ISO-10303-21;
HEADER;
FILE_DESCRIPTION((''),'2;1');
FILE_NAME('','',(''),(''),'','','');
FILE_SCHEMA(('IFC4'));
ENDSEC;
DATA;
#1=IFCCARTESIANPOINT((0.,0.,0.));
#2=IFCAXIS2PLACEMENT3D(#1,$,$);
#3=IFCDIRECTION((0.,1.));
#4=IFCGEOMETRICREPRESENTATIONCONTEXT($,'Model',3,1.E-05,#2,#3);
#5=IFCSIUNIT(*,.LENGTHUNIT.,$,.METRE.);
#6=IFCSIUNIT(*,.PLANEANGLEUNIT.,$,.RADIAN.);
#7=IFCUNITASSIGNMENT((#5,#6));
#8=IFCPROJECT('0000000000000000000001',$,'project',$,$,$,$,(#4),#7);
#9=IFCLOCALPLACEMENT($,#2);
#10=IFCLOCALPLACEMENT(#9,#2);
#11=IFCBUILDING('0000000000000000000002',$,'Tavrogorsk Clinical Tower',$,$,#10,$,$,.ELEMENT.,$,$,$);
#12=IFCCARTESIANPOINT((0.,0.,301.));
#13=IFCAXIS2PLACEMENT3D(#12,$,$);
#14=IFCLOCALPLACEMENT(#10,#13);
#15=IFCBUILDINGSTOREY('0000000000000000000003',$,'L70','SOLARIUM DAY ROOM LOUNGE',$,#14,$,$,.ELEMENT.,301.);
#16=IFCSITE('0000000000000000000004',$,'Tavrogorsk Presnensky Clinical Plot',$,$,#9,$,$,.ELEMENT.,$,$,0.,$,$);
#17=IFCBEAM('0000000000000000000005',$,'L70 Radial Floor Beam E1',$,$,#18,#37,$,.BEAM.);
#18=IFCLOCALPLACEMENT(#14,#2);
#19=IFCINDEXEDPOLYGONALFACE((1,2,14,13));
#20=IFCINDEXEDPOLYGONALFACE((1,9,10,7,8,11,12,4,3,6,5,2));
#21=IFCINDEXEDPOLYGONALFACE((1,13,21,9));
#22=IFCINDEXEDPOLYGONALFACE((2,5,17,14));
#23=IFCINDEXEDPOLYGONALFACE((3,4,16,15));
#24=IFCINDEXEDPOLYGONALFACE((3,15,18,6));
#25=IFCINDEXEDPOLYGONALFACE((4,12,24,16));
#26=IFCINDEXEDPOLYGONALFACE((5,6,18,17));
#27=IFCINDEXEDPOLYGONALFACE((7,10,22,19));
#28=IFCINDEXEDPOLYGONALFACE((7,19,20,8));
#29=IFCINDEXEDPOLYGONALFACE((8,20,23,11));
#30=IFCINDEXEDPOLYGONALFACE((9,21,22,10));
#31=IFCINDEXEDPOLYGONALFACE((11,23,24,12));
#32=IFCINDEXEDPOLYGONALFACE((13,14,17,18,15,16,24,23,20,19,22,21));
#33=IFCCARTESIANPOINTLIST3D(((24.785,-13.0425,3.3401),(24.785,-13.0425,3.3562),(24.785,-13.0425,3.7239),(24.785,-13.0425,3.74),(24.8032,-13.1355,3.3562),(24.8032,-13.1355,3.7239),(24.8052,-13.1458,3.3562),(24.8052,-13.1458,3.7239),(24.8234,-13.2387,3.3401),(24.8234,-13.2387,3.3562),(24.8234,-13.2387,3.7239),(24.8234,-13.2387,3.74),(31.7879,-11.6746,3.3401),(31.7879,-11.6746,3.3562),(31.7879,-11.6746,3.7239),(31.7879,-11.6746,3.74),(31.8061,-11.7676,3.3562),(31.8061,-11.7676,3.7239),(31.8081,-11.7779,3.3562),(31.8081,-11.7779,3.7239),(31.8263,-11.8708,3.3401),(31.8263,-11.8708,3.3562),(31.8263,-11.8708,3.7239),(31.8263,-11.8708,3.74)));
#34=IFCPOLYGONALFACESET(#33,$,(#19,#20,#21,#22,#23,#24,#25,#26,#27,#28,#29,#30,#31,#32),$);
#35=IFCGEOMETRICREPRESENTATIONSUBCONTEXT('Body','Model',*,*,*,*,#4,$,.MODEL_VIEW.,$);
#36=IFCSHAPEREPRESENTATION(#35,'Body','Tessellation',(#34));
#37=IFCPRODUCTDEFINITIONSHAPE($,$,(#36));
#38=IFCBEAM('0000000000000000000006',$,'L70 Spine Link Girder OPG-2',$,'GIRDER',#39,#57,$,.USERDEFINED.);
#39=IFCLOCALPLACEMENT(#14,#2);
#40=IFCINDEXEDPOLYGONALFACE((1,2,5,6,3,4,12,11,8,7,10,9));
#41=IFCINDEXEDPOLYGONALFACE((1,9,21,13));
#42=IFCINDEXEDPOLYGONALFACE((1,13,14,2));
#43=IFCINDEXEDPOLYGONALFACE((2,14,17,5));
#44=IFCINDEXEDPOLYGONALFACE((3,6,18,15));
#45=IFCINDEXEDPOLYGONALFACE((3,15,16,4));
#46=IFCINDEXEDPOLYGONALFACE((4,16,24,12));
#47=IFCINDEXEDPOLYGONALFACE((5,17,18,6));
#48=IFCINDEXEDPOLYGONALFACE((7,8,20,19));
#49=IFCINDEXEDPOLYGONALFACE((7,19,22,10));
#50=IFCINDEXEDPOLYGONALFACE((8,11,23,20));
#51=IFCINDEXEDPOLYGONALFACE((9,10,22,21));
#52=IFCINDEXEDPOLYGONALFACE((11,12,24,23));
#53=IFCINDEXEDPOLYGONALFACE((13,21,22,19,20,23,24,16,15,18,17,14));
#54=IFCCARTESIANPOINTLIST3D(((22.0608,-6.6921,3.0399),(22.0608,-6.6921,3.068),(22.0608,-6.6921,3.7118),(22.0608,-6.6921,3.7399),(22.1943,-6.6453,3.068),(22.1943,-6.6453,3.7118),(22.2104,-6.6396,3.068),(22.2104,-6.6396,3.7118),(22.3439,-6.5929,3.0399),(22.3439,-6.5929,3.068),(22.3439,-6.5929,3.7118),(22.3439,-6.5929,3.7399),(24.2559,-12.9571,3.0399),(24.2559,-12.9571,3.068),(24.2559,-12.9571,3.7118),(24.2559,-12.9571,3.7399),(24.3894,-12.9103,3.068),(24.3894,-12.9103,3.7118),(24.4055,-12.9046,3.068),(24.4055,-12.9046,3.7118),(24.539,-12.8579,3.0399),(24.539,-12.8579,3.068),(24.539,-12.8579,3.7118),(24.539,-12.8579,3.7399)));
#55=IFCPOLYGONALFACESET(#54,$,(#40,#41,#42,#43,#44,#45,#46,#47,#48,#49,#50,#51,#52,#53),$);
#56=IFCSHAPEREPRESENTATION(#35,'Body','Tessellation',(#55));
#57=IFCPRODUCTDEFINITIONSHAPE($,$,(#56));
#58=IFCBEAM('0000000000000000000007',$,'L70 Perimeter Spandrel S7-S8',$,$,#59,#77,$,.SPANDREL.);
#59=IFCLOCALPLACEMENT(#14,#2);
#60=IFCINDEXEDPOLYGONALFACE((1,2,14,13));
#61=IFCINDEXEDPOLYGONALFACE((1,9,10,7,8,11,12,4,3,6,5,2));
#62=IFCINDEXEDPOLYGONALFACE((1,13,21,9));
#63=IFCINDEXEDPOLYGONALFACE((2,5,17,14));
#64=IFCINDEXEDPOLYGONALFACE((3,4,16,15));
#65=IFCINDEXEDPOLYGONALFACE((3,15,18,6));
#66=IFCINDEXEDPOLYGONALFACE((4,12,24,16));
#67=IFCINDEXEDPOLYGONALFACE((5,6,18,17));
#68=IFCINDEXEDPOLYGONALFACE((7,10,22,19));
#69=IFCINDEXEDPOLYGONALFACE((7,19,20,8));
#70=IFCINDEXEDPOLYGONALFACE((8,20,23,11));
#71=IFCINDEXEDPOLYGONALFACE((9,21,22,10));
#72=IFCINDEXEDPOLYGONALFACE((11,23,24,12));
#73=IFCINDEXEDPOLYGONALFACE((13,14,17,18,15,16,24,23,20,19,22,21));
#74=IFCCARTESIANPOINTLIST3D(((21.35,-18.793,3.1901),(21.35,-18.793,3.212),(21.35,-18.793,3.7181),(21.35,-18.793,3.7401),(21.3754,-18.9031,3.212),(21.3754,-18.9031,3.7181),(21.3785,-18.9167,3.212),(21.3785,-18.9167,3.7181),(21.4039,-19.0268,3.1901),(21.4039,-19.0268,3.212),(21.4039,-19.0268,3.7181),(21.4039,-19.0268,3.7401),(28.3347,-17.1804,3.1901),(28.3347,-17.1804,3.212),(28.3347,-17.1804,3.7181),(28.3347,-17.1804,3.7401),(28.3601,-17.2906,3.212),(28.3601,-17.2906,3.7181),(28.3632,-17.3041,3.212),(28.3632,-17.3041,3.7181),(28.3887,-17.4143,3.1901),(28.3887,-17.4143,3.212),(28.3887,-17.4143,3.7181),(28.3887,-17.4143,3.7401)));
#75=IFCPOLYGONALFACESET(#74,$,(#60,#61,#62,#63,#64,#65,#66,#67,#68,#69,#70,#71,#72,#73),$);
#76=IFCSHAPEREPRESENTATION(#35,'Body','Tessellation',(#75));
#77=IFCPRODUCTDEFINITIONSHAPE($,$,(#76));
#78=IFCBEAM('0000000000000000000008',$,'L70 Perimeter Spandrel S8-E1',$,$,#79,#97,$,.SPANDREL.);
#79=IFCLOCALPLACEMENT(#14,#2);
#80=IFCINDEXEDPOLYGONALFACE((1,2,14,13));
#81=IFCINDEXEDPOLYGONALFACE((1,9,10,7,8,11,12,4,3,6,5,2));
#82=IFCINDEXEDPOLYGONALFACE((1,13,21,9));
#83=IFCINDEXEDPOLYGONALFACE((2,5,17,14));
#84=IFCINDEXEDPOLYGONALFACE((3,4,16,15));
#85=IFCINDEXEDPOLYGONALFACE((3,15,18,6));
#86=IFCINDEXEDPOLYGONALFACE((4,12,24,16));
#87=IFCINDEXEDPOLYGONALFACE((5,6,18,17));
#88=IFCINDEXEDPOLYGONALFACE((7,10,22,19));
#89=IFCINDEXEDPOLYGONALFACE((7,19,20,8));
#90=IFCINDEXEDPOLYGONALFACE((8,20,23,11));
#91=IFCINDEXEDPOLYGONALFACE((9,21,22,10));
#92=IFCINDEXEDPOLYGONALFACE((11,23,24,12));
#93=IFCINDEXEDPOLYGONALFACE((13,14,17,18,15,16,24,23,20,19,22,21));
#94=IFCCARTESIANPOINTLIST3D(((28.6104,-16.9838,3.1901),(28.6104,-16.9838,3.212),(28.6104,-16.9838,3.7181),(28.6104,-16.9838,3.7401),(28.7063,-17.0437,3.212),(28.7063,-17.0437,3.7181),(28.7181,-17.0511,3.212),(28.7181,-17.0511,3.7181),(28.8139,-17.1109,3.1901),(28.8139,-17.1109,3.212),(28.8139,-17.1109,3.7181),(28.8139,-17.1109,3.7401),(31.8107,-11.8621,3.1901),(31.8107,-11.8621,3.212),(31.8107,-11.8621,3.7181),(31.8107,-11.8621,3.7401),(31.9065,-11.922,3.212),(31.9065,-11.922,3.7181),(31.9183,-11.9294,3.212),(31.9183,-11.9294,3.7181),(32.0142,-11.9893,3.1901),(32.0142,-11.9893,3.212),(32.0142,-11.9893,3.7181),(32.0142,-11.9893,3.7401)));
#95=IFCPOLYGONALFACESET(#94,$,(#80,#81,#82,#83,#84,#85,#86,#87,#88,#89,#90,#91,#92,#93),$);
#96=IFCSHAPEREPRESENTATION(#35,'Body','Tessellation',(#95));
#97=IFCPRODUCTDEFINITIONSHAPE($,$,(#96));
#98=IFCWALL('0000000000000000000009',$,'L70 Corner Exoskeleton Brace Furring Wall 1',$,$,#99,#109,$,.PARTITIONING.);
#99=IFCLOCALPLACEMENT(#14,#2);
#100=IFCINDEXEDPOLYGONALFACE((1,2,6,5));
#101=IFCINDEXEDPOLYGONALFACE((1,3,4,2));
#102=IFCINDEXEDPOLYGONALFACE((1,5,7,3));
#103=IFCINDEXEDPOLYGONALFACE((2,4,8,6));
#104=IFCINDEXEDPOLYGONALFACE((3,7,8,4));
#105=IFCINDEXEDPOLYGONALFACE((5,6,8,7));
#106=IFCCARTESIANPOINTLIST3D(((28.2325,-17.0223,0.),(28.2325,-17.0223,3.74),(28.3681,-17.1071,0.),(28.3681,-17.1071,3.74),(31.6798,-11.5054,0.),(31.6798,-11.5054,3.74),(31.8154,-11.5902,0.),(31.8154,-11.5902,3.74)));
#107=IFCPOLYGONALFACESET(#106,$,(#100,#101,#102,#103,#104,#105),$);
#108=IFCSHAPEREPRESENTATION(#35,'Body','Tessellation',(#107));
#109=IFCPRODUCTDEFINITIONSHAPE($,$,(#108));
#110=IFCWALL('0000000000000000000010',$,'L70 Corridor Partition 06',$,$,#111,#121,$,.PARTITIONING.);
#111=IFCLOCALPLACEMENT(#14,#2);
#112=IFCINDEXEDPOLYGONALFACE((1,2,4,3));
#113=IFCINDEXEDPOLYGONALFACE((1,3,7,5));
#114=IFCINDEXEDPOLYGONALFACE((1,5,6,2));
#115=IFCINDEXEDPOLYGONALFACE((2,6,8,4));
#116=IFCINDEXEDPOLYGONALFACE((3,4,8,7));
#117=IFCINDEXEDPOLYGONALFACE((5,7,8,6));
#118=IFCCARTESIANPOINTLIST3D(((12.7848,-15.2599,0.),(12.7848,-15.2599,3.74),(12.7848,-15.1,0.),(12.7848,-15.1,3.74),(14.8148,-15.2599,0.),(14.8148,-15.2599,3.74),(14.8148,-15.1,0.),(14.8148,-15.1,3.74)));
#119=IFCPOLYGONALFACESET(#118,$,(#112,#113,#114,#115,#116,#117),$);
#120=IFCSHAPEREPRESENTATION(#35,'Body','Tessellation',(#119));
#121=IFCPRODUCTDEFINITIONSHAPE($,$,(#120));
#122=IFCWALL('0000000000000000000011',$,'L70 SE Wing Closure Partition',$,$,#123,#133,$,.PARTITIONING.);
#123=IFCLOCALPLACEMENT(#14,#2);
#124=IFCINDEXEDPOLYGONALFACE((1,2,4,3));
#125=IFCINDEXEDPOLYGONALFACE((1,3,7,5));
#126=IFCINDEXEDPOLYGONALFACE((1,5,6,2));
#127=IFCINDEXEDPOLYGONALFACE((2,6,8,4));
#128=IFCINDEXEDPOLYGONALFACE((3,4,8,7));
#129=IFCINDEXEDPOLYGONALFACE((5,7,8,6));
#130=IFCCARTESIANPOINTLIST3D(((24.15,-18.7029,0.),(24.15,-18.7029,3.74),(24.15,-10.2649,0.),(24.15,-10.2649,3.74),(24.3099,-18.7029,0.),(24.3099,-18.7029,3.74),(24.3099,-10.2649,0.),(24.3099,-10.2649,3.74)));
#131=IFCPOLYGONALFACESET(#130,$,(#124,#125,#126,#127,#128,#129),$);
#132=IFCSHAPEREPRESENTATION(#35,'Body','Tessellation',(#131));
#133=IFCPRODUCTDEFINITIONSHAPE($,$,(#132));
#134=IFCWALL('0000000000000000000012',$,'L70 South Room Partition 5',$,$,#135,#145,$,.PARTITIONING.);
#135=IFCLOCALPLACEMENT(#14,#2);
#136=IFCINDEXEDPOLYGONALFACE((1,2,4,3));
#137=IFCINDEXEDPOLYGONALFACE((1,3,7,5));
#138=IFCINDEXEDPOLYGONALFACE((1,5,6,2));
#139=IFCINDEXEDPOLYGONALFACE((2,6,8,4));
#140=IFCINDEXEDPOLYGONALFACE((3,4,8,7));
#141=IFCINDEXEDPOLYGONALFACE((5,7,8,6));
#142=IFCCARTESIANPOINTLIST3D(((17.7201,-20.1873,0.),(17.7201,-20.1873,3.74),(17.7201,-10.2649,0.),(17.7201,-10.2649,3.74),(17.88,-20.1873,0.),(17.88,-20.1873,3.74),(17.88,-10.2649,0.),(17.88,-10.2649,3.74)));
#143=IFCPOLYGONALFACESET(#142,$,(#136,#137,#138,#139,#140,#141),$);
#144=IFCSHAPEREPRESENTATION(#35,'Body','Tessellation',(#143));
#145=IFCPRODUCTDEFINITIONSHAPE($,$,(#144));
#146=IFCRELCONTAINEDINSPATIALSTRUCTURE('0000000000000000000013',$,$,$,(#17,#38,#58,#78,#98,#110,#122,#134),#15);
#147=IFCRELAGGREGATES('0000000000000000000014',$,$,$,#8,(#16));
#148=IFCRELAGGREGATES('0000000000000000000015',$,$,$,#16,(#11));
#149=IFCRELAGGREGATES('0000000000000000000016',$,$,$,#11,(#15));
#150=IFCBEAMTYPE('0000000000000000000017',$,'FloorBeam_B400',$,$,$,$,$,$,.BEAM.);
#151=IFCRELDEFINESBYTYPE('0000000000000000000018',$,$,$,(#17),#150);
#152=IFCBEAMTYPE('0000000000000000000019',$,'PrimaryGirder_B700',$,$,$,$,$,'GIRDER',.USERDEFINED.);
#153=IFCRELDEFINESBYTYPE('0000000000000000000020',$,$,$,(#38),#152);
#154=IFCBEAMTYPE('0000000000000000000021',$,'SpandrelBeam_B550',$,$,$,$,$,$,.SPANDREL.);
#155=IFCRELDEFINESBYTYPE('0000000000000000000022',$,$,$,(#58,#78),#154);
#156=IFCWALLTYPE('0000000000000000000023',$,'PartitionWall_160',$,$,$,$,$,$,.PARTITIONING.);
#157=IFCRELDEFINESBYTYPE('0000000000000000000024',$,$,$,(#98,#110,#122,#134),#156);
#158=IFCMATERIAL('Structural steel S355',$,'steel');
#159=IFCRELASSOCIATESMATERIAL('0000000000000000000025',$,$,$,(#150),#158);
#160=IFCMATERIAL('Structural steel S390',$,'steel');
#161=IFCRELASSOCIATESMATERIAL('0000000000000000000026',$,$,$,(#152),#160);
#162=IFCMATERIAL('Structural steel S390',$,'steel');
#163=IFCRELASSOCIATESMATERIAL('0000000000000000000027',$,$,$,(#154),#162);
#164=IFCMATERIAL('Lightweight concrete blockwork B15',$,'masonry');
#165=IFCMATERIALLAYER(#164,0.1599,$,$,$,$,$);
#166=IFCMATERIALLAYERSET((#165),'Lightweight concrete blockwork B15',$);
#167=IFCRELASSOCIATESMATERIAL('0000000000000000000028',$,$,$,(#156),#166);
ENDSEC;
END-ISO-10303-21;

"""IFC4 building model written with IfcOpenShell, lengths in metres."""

from ifc_helpers import new_model, si_unit, direction, frame, frame_2d, origin, origin_2d, place, context, subcontext, project, spatial, rectangle, i_section, extrude, material, layer, layer_set, material_profile, profile_set, type_object, element, save


model = new_model("IFC4")

# Units and contexts
model_context = context("Model", 3, precision=1e-05, world=origin(), true_north=direction((0.0, 1.0)))
body_context = subcontext(model_context, "Body", "Model", "MODEL_VIEW")
ifc_project = project(units=[si_unit("LENGTHUNIT", "METRE"), si_unit("PLANEANGLEUNIT", "RADIAN")], contexts=[model_context])

# Site, building, storey
site_placement = place(None, origin())
site = spatial("IfcSite", under=ifc_project, at=site_placement, Name="Tavrogorsk Presnensky Clinical Plot", CompositionType="ELEMENT", RefElevation=0.0)
building_placement = place(site_placement, origin())
building = spatial("IfcBuilding", under=site, at=building_placement, Name="Tavrogorsk Clinical Tower", CompositionType="ELEMENT")
storey_placement = place(building_placement, frame((0.0, 0.0, 301.0)))
storey = spatial("IfcBuildingStorey", under=building, at=storey_placement, Name="L70", Description="SOLARIUM DAY ROOM LOUNGE", CompositionType="ELEMENT", Elevation=301.0)

# Beams
ifc_material_1 = material(Name="Structural steel S355", Category="steel")
ifc_material_profile_1 = material_profile(ifc_material_1, i_section(OverallWidth=0.2, OverallDepth=0.3999, WebThickness=0.0105, FlangeThickness=0.0161, at=origin_2d()), Name="B-400x200x10.5x16")
ifc_profile_set_1 = profile_set([ifc_material_profile_1], Name="Structural steel S355")
beam_type_1 = type_object("IfcBeamType", Name="FloorBeam_B400", PredefinedType="BEAM", material=ifc_profile_set_1)
beam_1_placement = place(storey_placement, frame((24.8042, -13.1406, 3.54), z_axis=(0.981451, 0.191712, 0.0), x_axis=(-0.191712, 0.981451, 0.0)))
element("IfcBeam", 1, at=beam_1_placement, inside=storey, type_object=beam_type_1, Name="L70 Radial Floor Beam E1", PredefinedType="BEAM", context=body_context, shape_type="SweptSolid", body=[
    extrude(i_section(OverallWidth=0.2, OverallDepth=0.3999, WebThickness=0.0105, FlangeThickness=0.0161, at=origin_2d()), origin(), (0.0, 0.0, 1.0), 7.1353),
])
ifc_material_2 = material(Name="Structural steel S390", Category="steel")
ifc_material_profile_2 = material_profile(ifc_material_2, i_section(OverallWidth=0.3, OverallDepth=0.7, WebThickness=0.0171, FlangeThickness=0.0281, at=origin_2d()), Name="B-700x300x17x28")
ifc_profile_set_2 = profile_set([ifc_material_profile_2], Name="Structural steel S390")
beam_type_2 = type_object("IfcBeamType", Name="PrimaryGirder_B700", ElementType="GIRDER", PredefinedType="USERDEFINED", material=ifc_profile_set_2)
beam_2_placement = place(storey_placement, frame((24.3975, -12.9075, 3.3899), z_axis=(-0.330667, 0.943748, 0.0), x_axis=(-0.943748, -0.330667, 0.0)))
element("IfcBeam", 2, at=beam_2_placement, inside=storey, type_object=beam_type_2, Name="L70 Spine Link Girder OPG-2", ObjectType="GIRDER", PredefinedType="USERDEFINED", context=body_context, shape_type="SweptSolid", body=[
    extrude(i_section(OverallWidth=0.3, OverallDepth=0.7, WebThickness=0.0171, FlangeThickness=0.0281, at=origin_2d()), origin(), (0.0, 0.0, 1.0), 6.6384),
])
ifc_material_3 = material(Name="Structural steel S390", Category="steel")
ifc_material_profile_3 = material_profile(ifc_material_3, i_section(OverallWidth=0.24, OverallDepth=0.55, WebThickness=0.0139, FlangeThickness=0.022, at=origin_2d()), Name="B-550x240x14x22")
ifc_profile_set_3 = profile_set([ifc_material_profile_3], Name="Structural steel S390")
beam_type_3 = type_object("IfcBeamType", Name="SpandrelBeam_B550", PredefinedType="SPANDREL", material=ifc_profile_set_3)
beam_3_placement = place(storey_placement, frame((21.377, -18.9099, 3.4651), z_axis=(0.974369, 0.224954, 0.0), x_axis=(-0.224954, 0.974369, 0.0)))
element("IfcBeam", 3, at=beam_3_placement, inside=storey, type_object=beam_type_3, Name="L70 Perimeter Spandrel S7-S8", PredefinedType="SPANDREL", context=body_context, shape_type="SweptSolid", body=[
    extrude(i_section(OverallWidth=0.24, OverallDepth=0.55, WebThickness=0.0139, FlangeThickness=0.022, at=origin_2d()), origin(), (0.0, 0.0, 1.0), 7.1685),
])
beam_4_placement = place(storey_placement, frame((28.7122, -17.0474, 3.4651), z_axis=(0.529904, 0.848057, 0.0), x_axis=(-0.848057, 0.529904, 0.0)))
element("IfcBeam", 4, at=beam_4_placement, inside=storey, type_object=beam_type_3, Name="L70 Perimeter Spandrel S8-E1", PredefinedType="SPANDREL", context=body_context, shape_type="SweptSolid", body=[
    extrude(i_section(OverallWidth=0.24, OverallDepth=0.55, WebThickness=0.0139, FlangeThickness=0.022, at=origin_2d()), origin(), (0.0, 0.0, 1.0), 6.0393),
])

# Walls
ifc_material_4 = material(Name="Lightweight concrete blockwork B15", Category="masonry")
ifc_layer_1 = layer(ifc_material_4, 0.1599)
ifc_layer_set_1 = layer_set([ifc_layer_1], Name="Lightweight concrete blockwork B15")
wall_type_1 = type_object("IfcWallType", Name="PartitionWall_160", PredefinedType="PARTITIONING", material=ifc_layer_set_1)
wall_1_placement = place(storey_placement, frame((28.3003, -17.0647, 0.0), z_axis=(0.0, 0.0, 1.0), x_axis=(0.529915, 0.848051, 0.0)))
element("IfcWall", 5, at=wall_1_placement, inside=storey, type_object=wall_type_1, Name="L70 Corner Exoskeleton Brace Furring Wall 1", PredefinedType="PARTITIONING", context=body_context, shape_type="SweptSolid", body=[
    extrude(rectangle(XDim=6.5054, YDim=0.1599, at=frame_2d((3.2527, 0.0))), origin(), (0.0, 0.0, 1.0), 3.74),
])
wall_2_placement = place(storey_placement, frame((14.8149, -15.1799, 0.0), z_axis=(0.0, 0.0, 1.0), x_axis=(-1.0, 0.0, 0.0)))
element("IfcWall", 6, at=wall_2_placement, inside=storey, type_object=wall_type_1, Name="L70 Corridor Partition 06", PredefinedType="PARTITIONING", context=body_context, shape_type="SweptSolid", body=[
    extrude(rectangle(XDim=2.03, YDim=0.1599, at=frame_2d((1.0151, 0.0))), origin(), (0.0, 0.0, 1.0), 3.74),
])
wall_3_placement = place(storey_placement, frame((24.23, -18.7029, 0.0), z_axis=(0.0, 0.0, 1.0), x_axis=(0.0, 1.0, 0.0)))
element("IfcWall", 7, at=wall_3_placement, inside=storey, type_object=wall_type_1, Name="L70 SE Wing Closure Partition", PredefinedType="PARTITIONING", context=body_context, shape_type="SweptSolid", body=[
    extrude(rectangle(XDim=8.438, YDim=0.1599, at=frame_2d((4.219, 0.0))), origin(), (0.0, 0.0, 1.0), 3.74),
])
wall_4_placement = place(storey_placement, frame((17.8, -20.1873, 0.0), z_axis=(0.0, 0.0, 1.0), x_axis=(0.0, 1.0, 0.0)))
element("IfcWall", 8, at=wall_4_placement, inside=storey, type_object=wall_type_1, Name="L70 South Room Partition 5", PredefinedType="PARTITIONING", context=body_context, shape_type="SweptSolid", body=[
    extrude(rectangle(XDim=9.9224, YDim=0.1599, at=frame_2d((4.9612, 0.0))), origin(), (0.0, 0.0, 1.0), 3.74),
])

save(model, "model.ifc")
